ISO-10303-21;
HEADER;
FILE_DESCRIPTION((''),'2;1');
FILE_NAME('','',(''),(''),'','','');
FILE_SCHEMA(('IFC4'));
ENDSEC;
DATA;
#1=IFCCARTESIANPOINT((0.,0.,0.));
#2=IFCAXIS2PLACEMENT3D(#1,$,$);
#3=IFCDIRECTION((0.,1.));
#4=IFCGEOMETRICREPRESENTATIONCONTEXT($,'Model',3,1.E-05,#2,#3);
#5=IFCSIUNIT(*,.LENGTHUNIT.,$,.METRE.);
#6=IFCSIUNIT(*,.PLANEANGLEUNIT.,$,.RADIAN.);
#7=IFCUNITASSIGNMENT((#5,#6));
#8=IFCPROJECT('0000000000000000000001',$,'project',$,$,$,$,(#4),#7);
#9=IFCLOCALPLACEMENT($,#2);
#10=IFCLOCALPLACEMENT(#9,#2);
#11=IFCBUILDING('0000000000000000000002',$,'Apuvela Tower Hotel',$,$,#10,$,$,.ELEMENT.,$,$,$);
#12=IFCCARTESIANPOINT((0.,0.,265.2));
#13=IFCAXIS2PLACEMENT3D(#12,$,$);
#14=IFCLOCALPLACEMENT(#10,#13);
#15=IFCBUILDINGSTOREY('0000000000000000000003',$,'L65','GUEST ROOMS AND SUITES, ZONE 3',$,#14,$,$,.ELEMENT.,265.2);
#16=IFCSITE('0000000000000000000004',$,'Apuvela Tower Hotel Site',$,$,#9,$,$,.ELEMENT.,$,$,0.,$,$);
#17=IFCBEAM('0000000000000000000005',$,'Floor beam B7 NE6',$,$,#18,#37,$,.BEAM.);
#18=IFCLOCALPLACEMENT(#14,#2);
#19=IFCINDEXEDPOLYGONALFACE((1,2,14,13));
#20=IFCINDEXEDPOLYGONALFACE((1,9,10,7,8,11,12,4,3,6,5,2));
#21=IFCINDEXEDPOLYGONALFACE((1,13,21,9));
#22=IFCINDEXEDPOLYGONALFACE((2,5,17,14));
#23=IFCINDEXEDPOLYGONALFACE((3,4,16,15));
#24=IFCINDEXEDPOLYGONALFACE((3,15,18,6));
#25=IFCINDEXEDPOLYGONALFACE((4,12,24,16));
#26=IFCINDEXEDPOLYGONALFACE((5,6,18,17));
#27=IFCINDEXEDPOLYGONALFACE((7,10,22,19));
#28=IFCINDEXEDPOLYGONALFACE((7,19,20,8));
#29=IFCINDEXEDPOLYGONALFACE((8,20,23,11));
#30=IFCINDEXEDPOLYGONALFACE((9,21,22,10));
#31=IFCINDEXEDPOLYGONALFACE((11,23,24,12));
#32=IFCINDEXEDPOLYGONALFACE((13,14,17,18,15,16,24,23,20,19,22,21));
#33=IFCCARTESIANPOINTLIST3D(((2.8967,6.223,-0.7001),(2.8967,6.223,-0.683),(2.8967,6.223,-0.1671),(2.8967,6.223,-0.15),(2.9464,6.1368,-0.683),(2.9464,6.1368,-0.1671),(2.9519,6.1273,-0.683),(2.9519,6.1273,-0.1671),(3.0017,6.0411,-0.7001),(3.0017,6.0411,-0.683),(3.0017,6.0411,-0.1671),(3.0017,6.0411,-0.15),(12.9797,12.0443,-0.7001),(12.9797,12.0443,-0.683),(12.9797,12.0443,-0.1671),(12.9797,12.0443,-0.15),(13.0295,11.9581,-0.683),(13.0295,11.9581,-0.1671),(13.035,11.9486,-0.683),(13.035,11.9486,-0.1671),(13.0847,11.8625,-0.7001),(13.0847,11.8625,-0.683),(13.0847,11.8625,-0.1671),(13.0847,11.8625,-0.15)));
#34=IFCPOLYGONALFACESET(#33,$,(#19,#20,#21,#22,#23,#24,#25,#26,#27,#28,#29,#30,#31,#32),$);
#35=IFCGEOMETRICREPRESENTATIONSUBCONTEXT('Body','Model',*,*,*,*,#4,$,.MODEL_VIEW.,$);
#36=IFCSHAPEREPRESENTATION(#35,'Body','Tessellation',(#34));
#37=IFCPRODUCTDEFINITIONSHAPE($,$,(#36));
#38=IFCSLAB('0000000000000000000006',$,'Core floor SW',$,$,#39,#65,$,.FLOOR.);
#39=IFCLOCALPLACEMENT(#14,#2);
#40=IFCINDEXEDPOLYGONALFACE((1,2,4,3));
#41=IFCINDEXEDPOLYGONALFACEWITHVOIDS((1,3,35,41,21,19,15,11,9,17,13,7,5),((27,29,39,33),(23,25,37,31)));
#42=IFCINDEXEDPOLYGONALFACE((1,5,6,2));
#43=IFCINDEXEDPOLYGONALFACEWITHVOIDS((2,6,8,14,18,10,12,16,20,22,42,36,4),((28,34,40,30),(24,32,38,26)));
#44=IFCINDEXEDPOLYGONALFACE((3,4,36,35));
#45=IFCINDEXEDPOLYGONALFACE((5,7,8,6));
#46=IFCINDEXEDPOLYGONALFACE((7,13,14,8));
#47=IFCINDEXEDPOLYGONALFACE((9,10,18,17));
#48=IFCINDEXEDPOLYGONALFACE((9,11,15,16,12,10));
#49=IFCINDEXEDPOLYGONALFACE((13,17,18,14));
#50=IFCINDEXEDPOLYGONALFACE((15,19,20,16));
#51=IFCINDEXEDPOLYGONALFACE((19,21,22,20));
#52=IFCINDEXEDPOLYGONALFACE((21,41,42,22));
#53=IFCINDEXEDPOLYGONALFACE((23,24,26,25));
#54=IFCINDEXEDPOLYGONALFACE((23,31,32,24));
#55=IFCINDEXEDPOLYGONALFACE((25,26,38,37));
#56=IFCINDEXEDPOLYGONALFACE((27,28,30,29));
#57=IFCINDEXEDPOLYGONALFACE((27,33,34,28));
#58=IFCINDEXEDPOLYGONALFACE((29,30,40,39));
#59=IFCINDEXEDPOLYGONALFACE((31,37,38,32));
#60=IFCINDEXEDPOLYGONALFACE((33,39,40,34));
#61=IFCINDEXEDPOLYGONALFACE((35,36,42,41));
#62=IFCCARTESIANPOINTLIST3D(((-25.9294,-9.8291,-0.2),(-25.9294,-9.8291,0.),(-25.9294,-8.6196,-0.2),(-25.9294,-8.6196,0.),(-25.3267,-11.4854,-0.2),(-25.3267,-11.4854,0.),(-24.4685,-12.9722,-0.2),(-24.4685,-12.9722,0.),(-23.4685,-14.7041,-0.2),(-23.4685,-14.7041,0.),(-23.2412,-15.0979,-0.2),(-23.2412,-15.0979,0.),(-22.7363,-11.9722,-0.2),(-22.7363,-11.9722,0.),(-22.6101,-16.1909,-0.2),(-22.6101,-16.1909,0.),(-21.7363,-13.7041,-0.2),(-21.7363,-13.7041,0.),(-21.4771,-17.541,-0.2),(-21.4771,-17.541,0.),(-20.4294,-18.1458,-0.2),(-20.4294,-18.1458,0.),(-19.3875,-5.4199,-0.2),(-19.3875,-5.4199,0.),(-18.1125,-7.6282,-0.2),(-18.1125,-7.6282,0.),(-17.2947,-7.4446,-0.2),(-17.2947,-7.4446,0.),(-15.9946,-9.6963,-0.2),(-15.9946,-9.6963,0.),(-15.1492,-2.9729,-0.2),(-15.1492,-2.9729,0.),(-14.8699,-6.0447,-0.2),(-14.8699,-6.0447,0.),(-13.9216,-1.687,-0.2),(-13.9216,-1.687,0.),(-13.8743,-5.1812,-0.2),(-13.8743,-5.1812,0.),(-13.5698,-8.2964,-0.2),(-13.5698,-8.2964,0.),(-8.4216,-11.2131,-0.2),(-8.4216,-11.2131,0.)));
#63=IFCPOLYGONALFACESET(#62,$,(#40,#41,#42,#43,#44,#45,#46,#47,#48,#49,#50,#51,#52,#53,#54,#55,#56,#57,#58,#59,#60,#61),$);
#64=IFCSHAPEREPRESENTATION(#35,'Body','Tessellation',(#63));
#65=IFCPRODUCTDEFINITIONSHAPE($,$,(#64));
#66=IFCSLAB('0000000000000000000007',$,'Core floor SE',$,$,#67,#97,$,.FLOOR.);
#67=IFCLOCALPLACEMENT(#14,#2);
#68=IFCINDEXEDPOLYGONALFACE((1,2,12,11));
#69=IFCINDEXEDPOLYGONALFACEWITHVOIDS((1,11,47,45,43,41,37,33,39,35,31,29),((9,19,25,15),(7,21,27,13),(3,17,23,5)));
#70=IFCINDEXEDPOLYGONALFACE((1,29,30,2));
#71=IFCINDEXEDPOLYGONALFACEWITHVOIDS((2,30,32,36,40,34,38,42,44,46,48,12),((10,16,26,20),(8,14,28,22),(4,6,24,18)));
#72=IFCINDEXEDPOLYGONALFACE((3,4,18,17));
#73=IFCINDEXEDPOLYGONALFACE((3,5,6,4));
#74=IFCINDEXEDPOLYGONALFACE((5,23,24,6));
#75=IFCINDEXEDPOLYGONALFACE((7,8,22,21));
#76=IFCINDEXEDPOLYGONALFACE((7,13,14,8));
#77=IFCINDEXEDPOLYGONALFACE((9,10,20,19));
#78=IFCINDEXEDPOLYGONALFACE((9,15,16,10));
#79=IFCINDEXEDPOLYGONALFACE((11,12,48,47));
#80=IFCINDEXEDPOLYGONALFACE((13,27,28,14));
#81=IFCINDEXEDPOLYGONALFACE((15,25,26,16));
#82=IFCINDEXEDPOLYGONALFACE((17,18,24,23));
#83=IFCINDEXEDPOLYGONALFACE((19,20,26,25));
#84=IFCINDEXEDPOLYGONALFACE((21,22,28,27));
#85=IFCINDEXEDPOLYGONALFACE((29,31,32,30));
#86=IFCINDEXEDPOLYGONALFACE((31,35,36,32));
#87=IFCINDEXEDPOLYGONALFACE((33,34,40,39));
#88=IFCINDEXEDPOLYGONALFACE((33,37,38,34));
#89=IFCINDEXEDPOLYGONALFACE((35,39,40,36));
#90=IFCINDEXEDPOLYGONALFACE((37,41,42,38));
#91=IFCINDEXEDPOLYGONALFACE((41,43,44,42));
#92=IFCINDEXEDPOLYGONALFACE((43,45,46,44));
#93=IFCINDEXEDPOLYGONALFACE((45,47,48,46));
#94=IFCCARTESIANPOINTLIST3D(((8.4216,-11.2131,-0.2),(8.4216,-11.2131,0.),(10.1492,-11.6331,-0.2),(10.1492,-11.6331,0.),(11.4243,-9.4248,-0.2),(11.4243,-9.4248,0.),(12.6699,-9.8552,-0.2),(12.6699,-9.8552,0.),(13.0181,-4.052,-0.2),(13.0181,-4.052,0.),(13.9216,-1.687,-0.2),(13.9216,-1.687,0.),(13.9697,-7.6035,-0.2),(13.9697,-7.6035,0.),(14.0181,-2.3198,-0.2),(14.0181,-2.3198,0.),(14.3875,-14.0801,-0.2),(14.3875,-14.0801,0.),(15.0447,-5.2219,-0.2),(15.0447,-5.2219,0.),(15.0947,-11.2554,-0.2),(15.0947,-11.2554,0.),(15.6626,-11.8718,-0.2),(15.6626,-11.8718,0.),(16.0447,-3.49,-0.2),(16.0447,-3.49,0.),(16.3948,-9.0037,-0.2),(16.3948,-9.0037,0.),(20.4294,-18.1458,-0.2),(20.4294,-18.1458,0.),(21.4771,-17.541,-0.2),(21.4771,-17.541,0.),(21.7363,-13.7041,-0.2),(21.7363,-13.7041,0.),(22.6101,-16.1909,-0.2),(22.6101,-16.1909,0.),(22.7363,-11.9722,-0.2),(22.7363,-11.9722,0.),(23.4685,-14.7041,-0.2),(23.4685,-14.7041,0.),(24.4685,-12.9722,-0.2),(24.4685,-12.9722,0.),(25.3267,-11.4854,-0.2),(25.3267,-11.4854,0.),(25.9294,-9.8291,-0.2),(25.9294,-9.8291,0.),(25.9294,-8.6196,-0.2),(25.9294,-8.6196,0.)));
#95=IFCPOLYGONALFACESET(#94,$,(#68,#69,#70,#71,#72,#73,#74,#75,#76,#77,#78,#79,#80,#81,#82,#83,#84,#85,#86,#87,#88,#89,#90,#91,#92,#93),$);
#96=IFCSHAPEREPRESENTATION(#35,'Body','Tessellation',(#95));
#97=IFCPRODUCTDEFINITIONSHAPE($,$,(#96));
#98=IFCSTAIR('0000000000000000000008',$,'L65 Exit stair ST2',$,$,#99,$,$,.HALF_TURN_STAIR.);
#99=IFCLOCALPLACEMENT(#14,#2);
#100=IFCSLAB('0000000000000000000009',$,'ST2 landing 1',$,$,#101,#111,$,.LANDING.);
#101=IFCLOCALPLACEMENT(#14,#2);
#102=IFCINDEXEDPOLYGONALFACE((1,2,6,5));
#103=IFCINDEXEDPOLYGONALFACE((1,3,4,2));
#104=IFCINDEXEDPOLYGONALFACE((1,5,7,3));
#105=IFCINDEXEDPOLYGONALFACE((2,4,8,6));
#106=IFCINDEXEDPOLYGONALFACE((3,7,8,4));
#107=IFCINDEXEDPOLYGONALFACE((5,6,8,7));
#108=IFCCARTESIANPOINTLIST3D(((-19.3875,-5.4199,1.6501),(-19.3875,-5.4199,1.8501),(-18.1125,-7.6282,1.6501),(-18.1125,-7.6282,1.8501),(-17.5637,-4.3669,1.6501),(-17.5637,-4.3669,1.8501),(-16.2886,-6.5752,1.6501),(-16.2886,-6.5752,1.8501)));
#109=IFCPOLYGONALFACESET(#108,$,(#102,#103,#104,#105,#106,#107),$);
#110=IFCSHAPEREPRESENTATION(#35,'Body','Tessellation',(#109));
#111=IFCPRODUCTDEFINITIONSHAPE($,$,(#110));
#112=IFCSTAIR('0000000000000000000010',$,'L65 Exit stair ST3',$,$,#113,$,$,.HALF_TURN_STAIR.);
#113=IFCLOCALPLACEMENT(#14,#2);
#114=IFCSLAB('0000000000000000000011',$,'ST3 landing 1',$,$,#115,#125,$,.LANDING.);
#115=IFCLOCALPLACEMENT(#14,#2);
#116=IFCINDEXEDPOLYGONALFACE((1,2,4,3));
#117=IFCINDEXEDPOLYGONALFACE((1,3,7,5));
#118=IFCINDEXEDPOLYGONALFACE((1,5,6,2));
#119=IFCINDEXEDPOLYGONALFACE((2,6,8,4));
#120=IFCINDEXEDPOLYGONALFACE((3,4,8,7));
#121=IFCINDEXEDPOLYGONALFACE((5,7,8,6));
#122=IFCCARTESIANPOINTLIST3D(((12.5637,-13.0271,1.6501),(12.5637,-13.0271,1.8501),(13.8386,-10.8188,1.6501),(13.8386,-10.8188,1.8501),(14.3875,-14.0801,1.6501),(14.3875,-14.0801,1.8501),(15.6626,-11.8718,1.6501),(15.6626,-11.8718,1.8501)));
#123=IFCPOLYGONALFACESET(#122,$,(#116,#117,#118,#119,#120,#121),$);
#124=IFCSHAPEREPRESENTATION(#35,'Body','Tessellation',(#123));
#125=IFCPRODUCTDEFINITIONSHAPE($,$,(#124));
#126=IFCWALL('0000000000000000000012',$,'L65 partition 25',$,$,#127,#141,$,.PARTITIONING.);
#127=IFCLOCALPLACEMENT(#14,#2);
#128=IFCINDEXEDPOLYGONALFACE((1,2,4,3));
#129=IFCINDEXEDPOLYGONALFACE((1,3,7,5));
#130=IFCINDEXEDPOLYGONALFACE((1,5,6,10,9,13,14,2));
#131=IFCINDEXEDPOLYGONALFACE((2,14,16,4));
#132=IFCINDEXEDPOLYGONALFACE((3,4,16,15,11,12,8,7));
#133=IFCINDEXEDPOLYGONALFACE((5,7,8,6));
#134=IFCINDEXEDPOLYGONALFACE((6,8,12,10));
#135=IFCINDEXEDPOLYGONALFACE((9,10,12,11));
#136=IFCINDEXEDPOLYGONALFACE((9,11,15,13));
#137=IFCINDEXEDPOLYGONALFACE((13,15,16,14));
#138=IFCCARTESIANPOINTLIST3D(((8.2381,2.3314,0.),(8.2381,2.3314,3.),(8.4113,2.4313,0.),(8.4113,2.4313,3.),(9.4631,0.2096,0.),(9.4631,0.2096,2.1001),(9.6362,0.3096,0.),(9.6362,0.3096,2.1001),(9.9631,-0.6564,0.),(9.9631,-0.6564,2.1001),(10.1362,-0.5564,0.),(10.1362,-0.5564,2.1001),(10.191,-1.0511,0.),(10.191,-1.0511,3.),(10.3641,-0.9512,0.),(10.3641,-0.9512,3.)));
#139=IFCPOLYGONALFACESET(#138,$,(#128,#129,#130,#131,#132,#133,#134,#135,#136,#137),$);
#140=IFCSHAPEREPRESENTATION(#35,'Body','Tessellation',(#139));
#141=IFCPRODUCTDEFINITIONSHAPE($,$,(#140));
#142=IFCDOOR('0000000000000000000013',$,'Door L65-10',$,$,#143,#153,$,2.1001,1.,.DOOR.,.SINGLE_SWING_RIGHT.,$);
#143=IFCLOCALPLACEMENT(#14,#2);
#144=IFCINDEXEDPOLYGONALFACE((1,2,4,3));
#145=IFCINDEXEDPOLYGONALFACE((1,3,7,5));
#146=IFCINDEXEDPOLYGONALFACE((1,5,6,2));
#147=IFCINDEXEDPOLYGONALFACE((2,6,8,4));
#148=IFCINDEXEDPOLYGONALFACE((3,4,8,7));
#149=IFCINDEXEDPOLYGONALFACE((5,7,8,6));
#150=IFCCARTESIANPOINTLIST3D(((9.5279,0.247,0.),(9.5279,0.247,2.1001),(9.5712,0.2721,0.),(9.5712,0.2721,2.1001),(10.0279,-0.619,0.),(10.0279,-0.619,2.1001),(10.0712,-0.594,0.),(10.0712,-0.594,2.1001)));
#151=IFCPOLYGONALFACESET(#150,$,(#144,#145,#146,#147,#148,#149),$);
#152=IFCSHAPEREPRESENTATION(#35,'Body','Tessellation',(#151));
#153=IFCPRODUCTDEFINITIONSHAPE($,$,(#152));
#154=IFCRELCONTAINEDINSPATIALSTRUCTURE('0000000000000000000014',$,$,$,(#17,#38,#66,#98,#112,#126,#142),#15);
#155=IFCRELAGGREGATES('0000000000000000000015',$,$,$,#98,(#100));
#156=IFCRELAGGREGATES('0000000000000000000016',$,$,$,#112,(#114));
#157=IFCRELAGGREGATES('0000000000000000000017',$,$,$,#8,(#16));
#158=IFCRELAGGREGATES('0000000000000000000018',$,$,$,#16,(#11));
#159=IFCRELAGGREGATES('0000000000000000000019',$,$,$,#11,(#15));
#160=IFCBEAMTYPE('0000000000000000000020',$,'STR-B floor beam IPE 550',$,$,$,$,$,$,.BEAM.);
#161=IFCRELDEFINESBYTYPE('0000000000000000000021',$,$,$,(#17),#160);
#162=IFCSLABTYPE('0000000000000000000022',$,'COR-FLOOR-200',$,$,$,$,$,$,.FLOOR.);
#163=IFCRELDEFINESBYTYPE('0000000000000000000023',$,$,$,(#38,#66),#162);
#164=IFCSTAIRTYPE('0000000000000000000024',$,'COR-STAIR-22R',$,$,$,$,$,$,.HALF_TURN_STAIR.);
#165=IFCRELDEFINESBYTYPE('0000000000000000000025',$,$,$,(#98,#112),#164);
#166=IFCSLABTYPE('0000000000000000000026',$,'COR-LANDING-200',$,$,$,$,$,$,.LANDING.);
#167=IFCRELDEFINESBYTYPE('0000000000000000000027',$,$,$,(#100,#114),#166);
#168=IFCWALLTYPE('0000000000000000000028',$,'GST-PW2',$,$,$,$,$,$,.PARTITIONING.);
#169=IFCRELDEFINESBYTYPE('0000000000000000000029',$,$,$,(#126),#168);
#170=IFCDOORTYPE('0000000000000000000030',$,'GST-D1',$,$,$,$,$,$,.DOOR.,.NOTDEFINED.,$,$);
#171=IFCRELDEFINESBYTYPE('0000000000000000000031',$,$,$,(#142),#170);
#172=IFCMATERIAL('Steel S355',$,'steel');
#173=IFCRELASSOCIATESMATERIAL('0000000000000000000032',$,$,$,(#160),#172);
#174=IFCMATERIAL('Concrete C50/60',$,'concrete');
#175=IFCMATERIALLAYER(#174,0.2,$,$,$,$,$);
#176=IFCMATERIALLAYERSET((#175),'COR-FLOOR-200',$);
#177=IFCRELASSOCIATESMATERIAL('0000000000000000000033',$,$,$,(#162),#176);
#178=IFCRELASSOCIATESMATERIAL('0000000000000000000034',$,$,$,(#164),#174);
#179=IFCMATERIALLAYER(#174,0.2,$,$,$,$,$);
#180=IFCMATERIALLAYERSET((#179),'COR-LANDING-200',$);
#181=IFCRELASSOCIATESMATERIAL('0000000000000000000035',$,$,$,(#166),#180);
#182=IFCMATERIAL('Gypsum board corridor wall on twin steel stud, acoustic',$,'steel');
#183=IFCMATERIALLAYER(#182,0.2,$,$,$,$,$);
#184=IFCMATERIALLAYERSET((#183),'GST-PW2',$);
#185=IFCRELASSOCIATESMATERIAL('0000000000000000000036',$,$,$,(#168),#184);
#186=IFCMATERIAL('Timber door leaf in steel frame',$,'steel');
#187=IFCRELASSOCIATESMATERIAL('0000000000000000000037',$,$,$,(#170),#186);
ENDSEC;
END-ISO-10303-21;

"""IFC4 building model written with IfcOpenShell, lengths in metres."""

from ifc_helpers import new_model, si_unit, direction, frame, frame_2d, origin, origin_2d, place, context, subcontext, project, spatial, polyline, rectangle, i_section, outline, extrude, material, layer, layer_set, material_profile, profile_set, type_object, element, fill, aggregate, save


model = new_model("IFC4")

# Units and contexts
model_context = context("Model", 3, precision=1e-05, world=origin(), true_north=direction((0.0, 1.0)))
body_context = subcontext(model_context, "Body", "Model", "MODEL_VIEW")
ifc_project = project(units=[si_unit("LENGTHUNIT", "METRE"), si_unit("PLANEANGLEUNIT", "RADIAN")], contexts=[model_context])

# Site, building, storey
site_placement = place(None, origin())
site = spatial("IfcSite", under=ifc_project, at=site_placement, Name="Apuvela Tower Hotel Site", CompositionType="ELEMENT", RefElevation=0.0)
building_placement = place(site_placement, origin())
building = spatial("IfcBuilding", under=site, at=building_placement, Name="Apuvela Tower Hotel", CompositionType="ELEMENT")
storey_placement = place(building_placement, frame((0.0, 0.0, 265.2)))
storey = spatial("IfcBuildingStorey", under=building, at=storey_placement, Name="L65", Description="GUEST ROOMS AND SUITES, ZONE 3", CompositionType="ELEMENT", Elevation=265.2)

# Beam
ifc_material_1 = material(Name="Steel S355", Category="steel")
ifc_material_profile = material_profile(ifc_material_1, i_section(OverallWidth=0.21, OverallDepth=0.55, WebThickness=0.011, FlangeThickness=0.0171, at=origin_2d()), Name="IPE 550")
ifc_profile_set = profile_set([ifc_material_profile], Name="Steel S355")
beam_type = type_object("IfcBeamType", Name="STR-B floor beam IPE 550", PredefinedType="BEAM", material=ifc_profile_set)
beam_placement = place(storey_placement, frame((13.0322, 11.9534, -0.425), z_axis=(-0.866031, -0.499991, 0.0), x_axis=(0.499991, -0.866031, 0.0)))
element("IfcBeam", 1, at=beam_placement, inside=storey, type_object=beam_type, Name="Floor beam B7 NE6", PredefinedType="BEAM", context=body_context, shape_type="SweptSolid", body=[
    extrude(i_section(OverallWidth=0.21, OverallDepth=0.55, WebThickness=0.011, FlangeThickness=0.0171, at=origin_2d()), origin(), (0.0, 0.0, 1.0), 11.6428),
])

# Slabs
ifc_material_2 = material(Name="Concrete C50/60", Category="concrete")
ifc_layer_1 = layer(ifc_material_2, 0.2)
ifc_layer_set_1 = layer_set([ifc_layer_1], Name="COR-FLOOR-200")
slab_type_1 = type_object("IfcSlabType", Name="COR-FLOOR-200", PredefinedType="FLOOR", material=ifc_layer_set_1)
slab_1_placement = place(storey_placement, frame((0.0, 0.0, -0.2)))
element("IfcSlab", 2, at=slab_1_placement, inside=storey, type_object=slab_type_1, Name="Core floor SW", PredefinedType="FLOOR", context=body_context, shape_type="SweptSolid", body=[
    extrude(outline(polyline([(-25.9294, -8.6196), (-25.9294, -9.8291), (-25.3267, -11.4854), (-24.4685, -12.9722), (-22.7363, -11.9722), (-21.7363, -13.7041), (-23.4685, -14.7041), (-23.2412, -15.0979), (-22.6101, -16.1909), (-21.4771, -17.541), (-20.4294, -18.1458), (-8.4216, -11.2131), (-13.9216, -1.687), (-25.9294, -8.6196)]), holes=[polyline([(-13.8743, -5.1812), (-18.1125, -7.6282), (-19.3875, -5.4199), (-15.1492, -2.9729), (-13.8743, -5.1812)]), polyline([(-13.5698, -8.2964), (-15.9946, -9.6963), (-17.2947, -7.4446), (-14.8699, -6.0447), (-13.5698, -8.2964)])]), origin(), (0.0, 0.0, 1.0), 0.2),
])
slab_2_placement = place(storey_placement, frame((0.0, 0.0, -0.2)))
element("IfcSlab", 3, at=slab_2_placement, inside=storey, type_object=slab_type_1, Name="Core floor SE", PredefinedType="FLOOR", context=body_context, shape_type="SweptSolid", body=[
    extrude(outline(polyline([(20.4294, -18.1458), (21.4771, -17.541), (22.6101, -16.1909), (23.4685, -14.7041), (21.7363, -13.7041), (22.7363, -11.9722), (24.4685, -12.9722), (25.3267, -11.4854), (25.9294, -9.8291), (25.9294, -8.6196), (13.9216, -1.687), (8.4216, -11.2131), (20.4294, -18.1458)]), holes=[polyline([(14.0181, -2.3198), (16.0447, -3.49), (15.0447, -5.2219), (13.0181, -4.052), (14.0181, -2.3198)]), polyline([(10.1492, -11.6331), (11.4243, -9.4248), (15.6626, -11.8718), (14.3875, -14.0801), (10.1492, -11.6331)]), polyline([(12.6699, -9.8552), (13.9697, -7.6035), (16.3948, -9.0037), (15.0947, -11.2554), (12.6699, -9.8552)])]), origin(), (0.0, 0.0, 1.0), 0.2),
])

# Stairs, slabs
stair_type = type_object("IfcStairType", Name="COR-STAIR-22R", PredefinedType="HALF_TURN_STAIR", material=ifc_material_2)
stair_1_placement = place(storey_placement, origin())
stair_1 = element("IfcStair", 4, at=stair_1_placement, inside=storey, type_object=stair_type, Name="L65 Exit stair ST2", PredefinedType="HALF_TURN_STAIR")
ifc_layer_2 = layer(ifc_material_2, 0.2)
ifc_layer_set_2 = layer_set([ifc_layer_2], Name="COR-LANDING-200")
slab_type_2 = type_object("IfcSlabType", Name="COR-LANDING-200", PredefinedType="LANDING", material=ifc_layer_set_2)
slab_3_placement = place(storey_placement, frame((0.0, 0.0, 1.6501)))
slab_3 = element("IfcSlab", 5, at=slab_3_placement, type_object=slab_type_2, Name="ST2 landing 1", PredefinedType="LANDING", context=body_context, shape_type="SweptSolid", body=[
    extrude(outline(polyline([(-17.5637, -4.3669), (-19.3875, -5.4199), (-18.1125, -7.6282), (-16.2886, -6.5752), (-17.5637, -4.3669)])), origin(), (0.0, 0.0, 1.0), 0.2),
])
aggregate(stair_1, [slab_3])
stair_2_placement = place(storey_placement, origin())
stair_2 = element("IfcStair", 6, at=stair_2_placement, inside=storey, type_object=stair_type, Name="L65 Exit stair ST3", PredefinedType="HALF_TURN_STAIR")
slab_4_placement = place(storey_placement, frame((0.0, 0.0, 1.6501)))
slab_4 = element("IfcSlab", 7, at=slab_4_placement, type_object=slab_type_2, Name="ST3 landing 1", PredefinedType="LANDING", context=body_context, shape_type="SweptSolid", body=[
    extrude(outline(polyline([(12.5637, -13.0271), (14.3875, -14.0801), (15.6626, -11.8718), (13.8386, -10.8188), (12.5637, -13.0271)])), origin(), (0.0, 0.0, 1.0), 0.2),
])
aggregate(stair_2, [slab_4])

# Wall, opening, door
ifc_material_3 = material(Name="Gypsum board corridor wall on twin steel stud, acoustic", Category="steel")
ifc_layer_3 = layer(ifc_material_3, 0.2)
ifc_layer_set_3 = layer_set([ifc_layer_3], Name="GST-PW2")
wall_type_1 = type_object("IfcWallType", Name="GST-PW2", PredefinedType="PARTITIONING", material=ifc_layer_set_3)
wall_1_placement = place(storey_placement, frame((8.3247, 2.3813, 0.0), z_axis=(0.0, 0.0, 1.0), x_axis=(0.499991, -0.86603, 0.0)))
wall_1 = element("IfcWall", 8, at=wall_1_placement, inside=storey, type_object=wall_type_1, Name="L65 partition 25", PredefinedType="PARTITIONING", context=body_context, shape_type="SweptSolid", body=[
    extrude(rectangle(XDim=3.9058, YDim=0.2, at=frame_2d((1.9529, 0.0))), origin(), (0.0, 0.0, 1.0), 3.0),
])
opening_1_placement = place(wall_1_placement, frame((2.45, 0.0, 0.0)))
opening_1 = element("IfcOpeningElement", 9, at=opening_1_placement, cuts=wall_1, PredefinedType="OPENING", context=body_context, shape_type="SweptSolid", body=[
    extrude(rectangle(XDim=1.0, YDim=2.1001, at=frame_2d((0.5, 1.05))), frame((0.0, 0.1099, 0.0), z_axis=(0.0, -1.0, 0.0), x_axis=(1.0, 0.0, 0.0)), (0.0, 0.0, 1.0), 0.22),
])
ifc_material_4 = material(Name="Timber door leaf in steel frame", Category="steel")
door_type_1 = type_object("IfcDoorType", Name="GST-D1", OperationType="NOTDEFINED", PredefinedType="DOOR", material=ifc_material_4)
door_1_placement = place(opening_1_placement, origin())
door_1 = element("IfcDoor", 10, at=door_1_placement, inside=storey, type_object=door_type_1, Name="Door L65-10", OperationType="SINGLE_SWING_RIGHT", OverallHeight=2.1001, OverallWidth=1.0, PredefinedType="DOOR", context=body_context, shape_type="SweptSolid", body=[
    extrude(rectangle(XDim=1.0, YDim=2.1001, at=frame_2d((0.5, 1.05))), frame((0.0, 0.0249, 0.0), z_axis=(0.0, -1.0, 0.0), x_axis=(1.0, 0.0, 0.0)), (0.0, 0.0, 1.0), 0.05),
])
fill(opening_1, door_1)

save(model, "model.ifc")
